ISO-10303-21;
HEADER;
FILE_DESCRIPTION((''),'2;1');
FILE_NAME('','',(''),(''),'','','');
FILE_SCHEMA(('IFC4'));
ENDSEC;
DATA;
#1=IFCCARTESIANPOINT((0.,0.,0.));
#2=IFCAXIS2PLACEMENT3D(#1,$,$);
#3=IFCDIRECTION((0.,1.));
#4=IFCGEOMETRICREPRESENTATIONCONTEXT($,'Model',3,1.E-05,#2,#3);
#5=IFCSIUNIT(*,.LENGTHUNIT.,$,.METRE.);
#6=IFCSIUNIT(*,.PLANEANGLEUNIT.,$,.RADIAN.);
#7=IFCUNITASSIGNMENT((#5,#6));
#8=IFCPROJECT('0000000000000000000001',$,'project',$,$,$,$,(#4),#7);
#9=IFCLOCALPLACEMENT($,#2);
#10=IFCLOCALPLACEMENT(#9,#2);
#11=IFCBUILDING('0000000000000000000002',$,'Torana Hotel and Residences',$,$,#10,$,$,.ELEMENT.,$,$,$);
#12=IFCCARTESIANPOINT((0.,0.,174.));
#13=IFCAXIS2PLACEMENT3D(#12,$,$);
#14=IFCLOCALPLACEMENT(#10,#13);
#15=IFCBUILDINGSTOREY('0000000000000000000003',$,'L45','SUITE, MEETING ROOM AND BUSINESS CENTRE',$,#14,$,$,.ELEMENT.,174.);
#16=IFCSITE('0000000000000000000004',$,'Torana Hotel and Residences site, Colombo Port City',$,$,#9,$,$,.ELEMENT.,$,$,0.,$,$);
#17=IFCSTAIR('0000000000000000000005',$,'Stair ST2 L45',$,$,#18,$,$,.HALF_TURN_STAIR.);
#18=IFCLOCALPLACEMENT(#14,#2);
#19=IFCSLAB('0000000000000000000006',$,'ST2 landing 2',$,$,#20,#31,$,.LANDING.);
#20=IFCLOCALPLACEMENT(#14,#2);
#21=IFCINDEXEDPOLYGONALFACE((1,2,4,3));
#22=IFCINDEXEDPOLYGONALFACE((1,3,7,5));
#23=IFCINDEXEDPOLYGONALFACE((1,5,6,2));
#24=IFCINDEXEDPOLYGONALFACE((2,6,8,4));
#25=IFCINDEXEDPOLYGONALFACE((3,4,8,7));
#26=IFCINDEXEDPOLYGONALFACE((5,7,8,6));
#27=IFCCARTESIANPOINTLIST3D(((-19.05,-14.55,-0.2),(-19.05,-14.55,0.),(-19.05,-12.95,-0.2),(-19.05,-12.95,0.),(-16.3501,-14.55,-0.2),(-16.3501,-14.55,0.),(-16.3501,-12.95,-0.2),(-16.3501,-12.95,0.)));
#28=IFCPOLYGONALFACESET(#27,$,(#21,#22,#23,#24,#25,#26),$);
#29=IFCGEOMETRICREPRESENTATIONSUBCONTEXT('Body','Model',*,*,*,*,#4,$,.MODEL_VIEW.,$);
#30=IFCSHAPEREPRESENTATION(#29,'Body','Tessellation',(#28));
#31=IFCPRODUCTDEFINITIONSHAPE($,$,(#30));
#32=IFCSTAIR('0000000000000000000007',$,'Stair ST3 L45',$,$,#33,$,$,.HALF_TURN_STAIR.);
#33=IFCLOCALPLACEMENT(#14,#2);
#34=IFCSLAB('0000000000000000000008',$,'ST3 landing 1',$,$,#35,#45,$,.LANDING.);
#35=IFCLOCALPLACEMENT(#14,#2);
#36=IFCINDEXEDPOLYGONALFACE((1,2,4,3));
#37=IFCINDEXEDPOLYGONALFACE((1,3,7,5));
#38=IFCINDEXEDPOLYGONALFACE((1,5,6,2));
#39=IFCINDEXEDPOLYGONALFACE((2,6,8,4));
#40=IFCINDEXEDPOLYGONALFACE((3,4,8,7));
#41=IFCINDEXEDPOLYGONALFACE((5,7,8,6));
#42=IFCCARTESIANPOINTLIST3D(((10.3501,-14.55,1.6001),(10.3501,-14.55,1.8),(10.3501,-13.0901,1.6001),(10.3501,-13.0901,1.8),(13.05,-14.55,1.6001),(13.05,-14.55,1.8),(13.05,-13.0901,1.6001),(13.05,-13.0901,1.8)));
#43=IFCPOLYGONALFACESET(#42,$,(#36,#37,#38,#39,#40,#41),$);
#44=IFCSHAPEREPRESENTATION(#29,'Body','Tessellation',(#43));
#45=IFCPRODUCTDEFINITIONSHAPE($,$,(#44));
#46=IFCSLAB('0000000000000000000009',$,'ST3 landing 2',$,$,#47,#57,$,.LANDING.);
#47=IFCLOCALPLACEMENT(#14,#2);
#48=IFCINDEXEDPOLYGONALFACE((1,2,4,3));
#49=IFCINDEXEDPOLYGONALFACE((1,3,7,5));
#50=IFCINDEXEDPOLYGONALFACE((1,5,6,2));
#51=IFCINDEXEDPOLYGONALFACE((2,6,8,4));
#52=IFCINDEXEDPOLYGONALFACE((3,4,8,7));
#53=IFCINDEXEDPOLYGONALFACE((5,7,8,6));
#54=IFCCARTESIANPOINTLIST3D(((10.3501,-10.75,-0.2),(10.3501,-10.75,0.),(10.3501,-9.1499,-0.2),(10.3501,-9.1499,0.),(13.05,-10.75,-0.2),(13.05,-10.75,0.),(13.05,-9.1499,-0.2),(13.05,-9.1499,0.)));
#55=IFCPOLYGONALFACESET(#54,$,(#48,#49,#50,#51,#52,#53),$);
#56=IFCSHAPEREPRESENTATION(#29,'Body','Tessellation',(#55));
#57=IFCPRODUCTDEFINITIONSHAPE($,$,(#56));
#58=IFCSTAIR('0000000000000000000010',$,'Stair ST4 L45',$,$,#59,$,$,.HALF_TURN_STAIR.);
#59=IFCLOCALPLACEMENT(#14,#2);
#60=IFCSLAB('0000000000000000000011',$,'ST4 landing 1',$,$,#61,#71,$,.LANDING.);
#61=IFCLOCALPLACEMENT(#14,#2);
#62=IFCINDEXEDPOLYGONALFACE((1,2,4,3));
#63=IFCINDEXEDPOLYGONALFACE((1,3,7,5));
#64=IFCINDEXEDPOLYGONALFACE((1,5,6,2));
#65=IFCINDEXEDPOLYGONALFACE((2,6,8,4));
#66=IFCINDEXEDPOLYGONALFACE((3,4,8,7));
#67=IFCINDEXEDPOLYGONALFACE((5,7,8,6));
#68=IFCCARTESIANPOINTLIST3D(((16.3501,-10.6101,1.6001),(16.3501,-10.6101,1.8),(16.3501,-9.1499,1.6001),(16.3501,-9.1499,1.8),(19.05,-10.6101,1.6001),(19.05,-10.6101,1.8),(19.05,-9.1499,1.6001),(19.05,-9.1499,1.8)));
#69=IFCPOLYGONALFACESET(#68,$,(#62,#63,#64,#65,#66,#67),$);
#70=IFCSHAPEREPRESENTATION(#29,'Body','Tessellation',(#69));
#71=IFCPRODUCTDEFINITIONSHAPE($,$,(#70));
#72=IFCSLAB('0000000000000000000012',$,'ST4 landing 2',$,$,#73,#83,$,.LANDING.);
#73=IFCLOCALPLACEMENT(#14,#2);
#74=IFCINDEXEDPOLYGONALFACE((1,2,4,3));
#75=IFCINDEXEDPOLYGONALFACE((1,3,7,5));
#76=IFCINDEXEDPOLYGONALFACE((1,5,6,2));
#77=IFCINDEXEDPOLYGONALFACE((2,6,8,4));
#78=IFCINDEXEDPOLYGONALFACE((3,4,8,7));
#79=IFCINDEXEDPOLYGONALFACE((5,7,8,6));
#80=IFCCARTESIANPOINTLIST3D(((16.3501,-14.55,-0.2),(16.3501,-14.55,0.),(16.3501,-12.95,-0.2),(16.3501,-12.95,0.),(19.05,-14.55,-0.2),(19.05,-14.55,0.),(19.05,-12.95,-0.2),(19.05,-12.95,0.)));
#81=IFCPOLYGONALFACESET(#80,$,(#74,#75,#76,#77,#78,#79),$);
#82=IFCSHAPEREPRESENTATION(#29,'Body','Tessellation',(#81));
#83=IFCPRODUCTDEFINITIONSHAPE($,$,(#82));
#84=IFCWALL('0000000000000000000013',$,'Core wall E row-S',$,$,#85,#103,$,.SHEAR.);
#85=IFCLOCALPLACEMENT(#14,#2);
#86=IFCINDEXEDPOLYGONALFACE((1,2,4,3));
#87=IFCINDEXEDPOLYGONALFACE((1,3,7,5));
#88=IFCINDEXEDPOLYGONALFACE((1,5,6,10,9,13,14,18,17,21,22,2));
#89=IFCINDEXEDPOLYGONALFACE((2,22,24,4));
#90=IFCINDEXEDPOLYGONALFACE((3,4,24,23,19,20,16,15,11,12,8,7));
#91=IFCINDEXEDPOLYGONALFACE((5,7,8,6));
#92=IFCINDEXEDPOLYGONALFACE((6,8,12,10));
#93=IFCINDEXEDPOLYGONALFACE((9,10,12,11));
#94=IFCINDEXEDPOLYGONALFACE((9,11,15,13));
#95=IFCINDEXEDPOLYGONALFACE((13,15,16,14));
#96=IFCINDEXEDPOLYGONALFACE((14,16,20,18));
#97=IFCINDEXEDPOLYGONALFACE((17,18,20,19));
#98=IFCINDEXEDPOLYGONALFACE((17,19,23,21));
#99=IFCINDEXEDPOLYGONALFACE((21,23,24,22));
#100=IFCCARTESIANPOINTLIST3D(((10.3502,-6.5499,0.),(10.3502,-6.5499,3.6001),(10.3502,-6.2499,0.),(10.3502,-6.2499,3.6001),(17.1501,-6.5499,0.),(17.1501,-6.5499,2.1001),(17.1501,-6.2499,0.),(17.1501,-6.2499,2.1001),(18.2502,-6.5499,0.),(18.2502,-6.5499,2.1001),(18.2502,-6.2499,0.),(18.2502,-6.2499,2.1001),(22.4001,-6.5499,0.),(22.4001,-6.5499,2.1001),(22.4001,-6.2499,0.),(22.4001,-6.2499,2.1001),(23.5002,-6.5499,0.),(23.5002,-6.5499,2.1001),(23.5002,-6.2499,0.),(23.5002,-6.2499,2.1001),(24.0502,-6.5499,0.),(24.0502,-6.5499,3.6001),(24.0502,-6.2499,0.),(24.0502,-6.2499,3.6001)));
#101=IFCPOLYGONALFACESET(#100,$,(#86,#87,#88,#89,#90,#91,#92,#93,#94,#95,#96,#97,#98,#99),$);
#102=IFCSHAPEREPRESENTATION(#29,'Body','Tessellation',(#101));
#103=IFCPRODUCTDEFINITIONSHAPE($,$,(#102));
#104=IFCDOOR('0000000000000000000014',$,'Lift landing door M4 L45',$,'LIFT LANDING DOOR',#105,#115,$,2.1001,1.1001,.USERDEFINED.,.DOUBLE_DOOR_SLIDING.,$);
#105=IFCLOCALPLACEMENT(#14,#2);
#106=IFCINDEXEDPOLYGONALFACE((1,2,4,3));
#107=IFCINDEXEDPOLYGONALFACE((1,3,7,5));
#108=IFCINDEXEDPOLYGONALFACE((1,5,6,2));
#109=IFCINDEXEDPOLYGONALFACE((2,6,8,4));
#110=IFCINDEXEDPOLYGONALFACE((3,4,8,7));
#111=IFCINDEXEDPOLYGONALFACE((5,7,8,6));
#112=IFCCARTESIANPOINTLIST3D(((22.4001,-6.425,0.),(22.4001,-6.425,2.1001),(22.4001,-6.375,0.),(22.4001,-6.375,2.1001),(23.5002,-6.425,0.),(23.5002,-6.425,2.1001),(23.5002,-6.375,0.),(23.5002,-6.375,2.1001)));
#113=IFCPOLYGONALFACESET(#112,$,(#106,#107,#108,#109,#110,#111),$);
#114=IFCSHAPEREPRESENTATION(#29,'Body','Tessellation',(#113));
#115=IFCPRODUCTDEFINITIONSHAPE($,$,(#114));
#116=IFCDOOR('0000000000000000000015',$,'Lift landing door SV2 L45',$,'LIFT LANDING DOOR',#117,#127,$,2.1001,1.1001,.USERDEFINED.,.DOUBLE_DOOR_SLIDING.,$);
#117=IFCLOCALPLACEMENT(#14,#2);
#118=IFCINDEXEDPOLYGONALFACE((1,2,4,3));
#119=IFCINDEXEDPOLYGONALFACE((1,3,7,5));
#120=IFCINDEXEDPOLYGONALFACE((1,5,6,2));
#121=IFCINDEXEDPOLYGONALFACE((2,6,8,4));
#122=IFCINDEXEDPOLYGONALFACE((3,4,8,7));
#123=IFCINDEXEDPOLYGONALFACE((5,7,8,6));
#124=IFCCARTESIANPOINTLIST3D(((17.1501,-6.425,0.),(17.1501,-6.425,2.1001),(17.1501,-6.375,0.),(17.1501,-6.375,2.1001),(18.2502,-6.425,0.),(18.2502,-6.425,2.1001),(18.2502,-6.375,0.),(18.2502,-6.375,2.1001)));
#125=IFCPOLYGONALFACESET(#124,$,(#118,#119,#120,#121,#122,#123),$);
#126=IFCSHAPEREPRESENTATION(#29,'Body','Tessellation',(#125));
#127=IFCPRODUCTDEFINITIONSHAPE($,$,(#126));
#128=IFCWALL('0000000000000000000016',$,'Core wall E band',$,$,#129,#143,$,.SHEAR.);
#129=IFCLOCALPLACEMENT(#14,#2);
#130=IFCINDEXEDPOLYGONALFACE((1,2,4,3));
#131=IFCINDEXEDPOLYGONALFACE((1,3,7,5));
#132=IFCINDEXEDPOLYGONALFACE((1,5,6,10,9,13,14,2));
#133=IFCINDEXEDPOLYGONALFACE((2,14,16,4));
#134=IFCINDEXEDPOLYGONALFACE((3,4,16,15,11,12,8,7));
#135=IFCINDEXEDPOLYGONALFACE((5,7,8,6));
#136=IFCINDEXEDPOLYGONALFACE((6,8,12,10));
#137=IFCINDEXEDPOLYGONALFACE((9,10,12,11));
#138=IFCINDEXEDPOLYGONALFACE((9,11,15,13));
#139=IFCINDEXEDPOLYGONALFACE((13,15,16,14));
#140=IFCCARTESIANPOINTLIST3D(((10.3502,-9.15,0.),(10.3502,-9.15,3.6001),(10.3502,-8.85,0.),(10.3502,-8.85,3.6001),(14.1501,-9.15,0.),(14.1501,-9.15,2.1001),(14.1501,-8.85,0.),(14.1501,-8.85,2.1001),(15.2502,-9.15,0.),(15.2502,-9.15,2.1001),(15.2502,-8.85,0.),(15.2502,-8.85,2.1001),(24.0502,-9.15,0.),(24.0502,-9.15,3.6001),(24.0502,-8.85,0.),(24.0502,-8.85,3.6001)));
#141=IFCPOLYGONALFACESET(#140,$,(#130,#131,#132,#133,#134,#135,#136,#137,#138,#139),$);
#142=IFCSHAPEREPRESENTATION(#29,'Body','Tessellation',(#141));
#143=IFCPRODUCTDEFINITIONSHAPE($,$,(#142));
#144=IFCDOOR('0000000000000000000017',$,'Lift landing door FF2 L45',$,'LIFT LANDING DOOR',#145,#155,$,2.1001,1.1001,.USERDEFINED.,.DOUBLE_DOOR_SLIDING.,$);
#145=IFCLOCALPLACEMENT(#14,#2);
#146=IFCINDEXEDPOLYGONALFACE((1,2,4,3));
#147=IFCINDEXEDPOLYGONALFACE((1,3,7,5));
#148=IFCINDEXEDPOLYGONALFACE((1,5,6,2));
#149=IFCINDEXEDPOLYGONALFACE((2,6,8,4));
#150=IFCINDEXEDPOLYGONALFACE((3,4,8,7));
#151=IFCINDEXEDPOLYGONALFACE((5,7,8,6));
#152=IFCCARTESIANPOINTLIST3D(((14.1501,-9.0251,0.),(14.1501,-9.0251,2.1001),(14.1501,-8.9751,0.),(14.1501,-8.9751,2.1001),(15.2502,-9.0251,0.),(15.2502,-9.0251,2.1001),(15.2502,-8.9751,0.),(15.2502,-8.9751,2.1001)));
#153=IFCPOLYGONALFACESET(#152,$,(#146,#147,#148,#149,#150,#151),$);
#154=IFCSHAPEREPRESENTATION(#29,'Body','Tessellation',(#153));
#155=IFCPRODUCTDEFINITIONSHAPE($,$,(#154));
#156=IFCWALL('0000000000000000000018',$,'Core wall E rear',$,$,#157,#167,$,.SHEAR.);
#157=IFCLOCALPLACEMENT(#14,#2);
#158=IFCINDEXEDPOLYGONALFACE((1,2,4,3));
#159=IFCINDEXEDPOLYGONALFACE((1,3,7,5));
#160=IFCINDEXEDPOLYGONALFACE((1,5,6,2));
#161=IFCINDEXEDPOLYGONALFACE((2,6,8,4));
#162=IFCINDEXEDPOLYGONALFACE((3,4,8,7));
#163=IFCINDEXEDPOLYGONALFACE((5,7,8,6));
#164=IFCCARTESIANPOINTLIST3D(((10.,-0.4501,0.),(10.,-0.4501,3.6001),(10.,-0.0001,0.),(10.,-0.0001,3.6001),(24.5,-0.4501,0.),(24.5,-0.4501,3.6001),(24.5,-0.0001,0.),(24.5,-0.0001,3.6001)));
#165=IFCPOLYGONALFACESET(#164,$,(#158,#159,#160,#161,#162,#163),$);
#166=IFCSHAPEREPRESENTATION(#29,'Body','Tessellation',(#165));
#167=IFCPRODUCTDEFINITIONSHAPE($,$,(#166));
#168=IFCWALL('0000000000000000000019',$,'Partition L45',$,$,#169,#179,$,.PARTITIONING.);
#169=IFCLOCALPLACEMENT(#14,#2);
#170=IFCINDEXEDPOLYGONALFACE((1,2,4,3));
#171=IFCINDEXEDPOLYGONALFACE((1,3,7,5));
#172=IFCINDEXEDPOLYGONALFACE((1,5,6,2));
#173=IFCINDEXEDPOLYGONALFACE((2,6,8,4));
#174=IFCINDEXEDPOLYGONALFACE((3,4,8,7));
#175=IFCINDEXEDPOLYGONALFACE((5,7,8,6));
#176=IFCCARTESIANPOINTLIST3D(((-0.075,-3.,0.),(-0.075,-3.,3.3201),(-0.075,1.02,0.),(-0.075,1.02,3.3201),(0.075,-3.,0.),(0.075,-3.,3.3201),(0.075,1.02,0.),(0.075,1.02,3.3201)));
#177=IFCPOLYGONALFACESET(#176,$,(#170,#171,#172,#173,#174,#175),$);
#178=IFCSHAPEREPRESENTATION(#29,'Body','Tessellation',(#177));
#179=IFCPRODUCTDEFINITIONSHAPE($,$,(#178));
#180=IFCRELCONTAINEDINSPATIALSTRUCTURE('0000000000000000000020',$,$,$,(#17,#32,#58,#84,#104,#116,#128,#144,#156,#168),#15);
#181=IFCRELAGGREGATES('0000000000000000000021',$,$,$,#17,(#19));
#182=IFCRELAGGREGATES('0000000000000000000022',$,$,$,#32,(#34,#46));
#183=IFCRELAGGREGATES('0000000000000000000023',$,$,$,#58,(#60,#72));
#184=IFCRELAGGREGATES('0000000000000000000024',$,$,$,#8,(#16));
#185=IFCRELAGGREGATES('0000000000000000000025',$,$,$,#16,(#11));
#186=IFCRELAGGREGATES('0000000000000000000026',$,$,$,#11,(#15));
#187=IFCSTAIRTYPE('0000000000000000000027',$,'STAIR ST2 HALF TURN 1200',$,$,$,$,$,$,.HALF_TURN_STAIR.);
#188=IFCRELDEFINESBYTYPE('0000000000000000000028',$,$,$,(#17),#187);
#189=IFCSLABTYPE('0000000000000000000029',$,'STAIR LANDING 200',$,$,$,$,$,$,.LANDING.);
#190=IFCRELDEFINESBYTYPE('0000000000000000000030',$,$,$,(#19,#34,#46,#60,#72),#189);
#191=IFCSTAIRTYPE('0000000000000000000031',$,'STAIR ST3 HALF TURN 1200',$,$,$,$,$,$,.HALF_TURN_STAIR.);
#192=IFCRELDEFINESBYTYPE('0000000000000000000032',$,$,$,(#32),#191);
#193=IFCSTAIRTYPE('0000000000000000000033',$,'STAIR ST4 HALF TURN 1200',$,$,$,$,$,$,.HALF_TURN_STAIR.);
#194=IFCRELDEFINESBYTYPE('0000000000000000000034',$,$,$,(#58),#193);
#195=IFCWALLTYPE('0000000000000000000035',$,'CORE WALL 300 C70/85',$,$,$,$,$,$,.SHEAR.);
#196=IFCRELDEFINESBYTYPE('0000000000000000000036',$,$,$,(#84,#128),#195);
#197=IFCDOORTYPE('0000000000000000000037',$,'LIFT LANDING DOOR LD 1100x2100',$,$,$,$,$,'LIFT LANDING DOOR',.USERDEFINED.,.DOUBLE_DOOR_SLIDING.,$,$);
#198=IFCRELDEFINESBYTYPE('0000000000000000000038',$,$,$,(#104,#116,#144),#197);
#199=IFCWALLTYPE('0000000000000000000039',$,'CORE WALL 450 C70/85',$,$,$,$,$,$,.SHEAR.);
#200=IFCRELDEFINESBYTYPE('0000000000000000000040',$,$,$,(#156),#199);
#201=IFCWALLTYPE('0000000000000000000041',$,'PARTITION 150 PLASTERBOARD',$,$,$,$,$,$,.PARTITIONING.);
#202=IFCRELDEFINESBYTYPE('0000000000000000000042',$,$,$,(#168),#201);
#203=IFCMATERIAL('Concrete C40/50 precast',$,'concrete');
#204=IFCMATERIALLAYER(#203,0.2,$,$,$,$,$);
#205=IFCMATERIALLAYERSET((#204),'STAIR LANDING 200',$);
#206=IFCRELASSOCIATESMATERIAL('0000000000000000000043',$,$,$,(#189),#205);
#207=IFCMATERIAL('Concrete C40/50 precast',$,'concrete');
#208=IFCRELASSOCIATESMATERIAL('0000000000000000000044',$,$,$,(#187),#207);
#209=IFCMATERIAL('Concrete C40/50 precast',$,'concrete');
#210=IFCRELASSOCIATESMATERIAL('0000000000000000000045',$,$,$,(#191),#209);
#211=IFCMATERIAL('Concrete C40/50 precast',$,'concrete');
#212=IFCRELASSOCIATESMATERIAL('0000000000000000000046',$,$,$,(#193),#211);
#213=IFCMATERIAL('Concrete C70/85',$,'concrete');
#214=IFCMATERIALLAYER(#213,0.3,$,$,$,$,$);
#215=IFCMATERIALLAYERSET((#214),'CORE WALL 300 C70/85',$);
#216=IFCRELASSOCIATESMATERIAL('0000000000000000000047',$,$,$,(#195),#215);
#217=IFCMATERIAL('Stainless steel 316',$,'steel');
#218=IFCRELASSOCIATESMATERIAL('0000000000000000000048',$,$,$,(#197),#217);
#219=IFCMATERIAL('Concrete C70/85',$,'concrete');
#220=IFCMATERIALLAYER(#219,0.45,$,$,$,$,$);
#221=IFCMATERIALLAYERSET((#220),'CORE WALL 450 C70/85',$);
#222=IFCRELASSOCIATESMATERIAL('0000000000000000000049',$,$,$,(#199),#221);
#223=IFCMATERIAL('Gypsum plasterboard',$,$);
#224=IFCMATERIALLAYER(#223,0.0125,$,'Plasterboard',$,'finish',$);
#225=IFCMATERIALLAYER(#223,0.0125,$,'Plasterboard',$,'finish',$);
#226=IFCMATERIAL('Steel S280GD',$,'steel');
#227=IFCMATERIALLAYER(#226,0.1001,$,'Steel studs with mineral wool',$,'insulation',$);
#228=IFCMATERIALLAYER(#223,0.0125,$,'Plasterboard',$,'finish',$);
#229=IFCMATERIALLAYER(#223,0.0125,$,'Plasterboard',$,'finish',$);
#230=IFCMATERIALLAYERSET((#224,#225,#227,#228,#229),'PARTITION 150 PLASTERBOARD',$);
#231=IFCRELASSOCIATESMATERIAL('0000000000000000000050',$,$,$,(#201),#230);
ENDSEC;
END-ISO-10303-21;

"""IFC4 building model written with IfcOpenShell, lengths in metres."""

from ifc_helpers import new_model, si_unit, direction, frame, frame_2d, origin, place, context, subcontext, project, spatial, polyline, rectangle, outline, extrude, material, layer, layer_set, type_object, element, fill, aggregate, save


model = new_model("IFC4")

# Units and contexts
model_context = context("Model", 3, precision=1e-05, world=origin(), true_north=direction((0.0, 1.0)))
body_context = subcontext(model_context, "Body", "Model", "MODEL_VIEW")
ifc_project = project(units=[si_unit("LENGTHUNIT", "METRE"), si_unit("PLANEANGLEUNIT", "RADIAN")], contexts=[model_context])

# Site, building, storey
site_placement = place(None, origin())
site = spatial("IfcSite", under=ifc_project, at=site_placement, Name="Torana Hotel and Residences site, Colombo Port City", CompositionType="ELEMENT", RefElevation=0.0)
building_placement = place(site_placement, origin())
building = spatial("IfcBuilding", under=site, at=building_placement, Name="Torana Hotel and Residences", CompositionType="ELEMENT")
storey_placement = place(building_placement, frame((0.0, 0.0, 174.0)))
storey = spatial("IfcBuildingStorey", under=building, at=storey_placement, Name="L45", Description="SUITE, MEETING ROOM AND BUSINESS CENTRE", CompositionType="ELEMENT", Elevation=174.0)

# Stairs, slabs
ifc_material_1 = material(Name="Concrete C40/50 precast", Category="concrete")
ifc_layer_1 = layer(ifc_material_1, 0.2)
ifc_layer_set_1 = layer_set([ifc_layer_1], Name="STAIR LANDING 200")
slab_type_1 = type_object("IfcSlabType", Name="STAIR LANDING 200", PredefinedType="LANDING", material=ifc_layer_set_1)
ifc_material_2 = material(Name="Concrete C40/50 precast", Category="concrete")
stair_type_1 = type_object("IfcStairType", Name="STAIR ST2 HALF TURN 1200", PredefinedType="HALF_TURN_STAIR", material=ifc_material_2)
stair_1_placement = place(storey_placement, origin())
stair_1 = element("IfcStair", 1, at=stair_1_placement, inside=storey, type_object=stair_type_1, Name="Stair ST2 L45", PredefinedType="HALF_TURN_STAIR")
slab_1_placement = place(storey_placement, frame((0.0, 0.0, -0.2)))
slab_1 = element("IfcSlab", 2, at=slab_1_placement, type_object=slab_type_1, Name="ST2 landing 2", PredefinedType="LANDING", context=body_context, shape_type="SweptSolid", body=[
    extrude(outline(polyline([(-19.05, -14.55), (-16.3501, -14.55), (-16.3501, -12.95), (-19.05, -12.95), (-19.05, -14.55)])), origin(), (0.0, 0.0, 1.0), 0.2),
])
aggregate(stair_1, [slab_1])
ifc_material_3 = material(Name="Concrete C40/50 precast", Category="concrete")
stair_type_2 = type_object("IfcStairType", Name="STAIR ST3 HALF TURN 1200", PredefinedType="HALF_TURN_STAIR", material=ifc_material_3)
stair_2_placement = place(storey_placement, origin())
stair_2 = element("IfcStair", 3, at=stair_2_placement, inside=storey, type_object=stair_type_2, Name="Stair ST3 L45", PredefinedType="HALF_TURN_STAIR")
slab_2_placement = place(storey_placement, frame((0.0, 0.0, 1.6001)))
slab_2 = element("IfcSlab", 4, at=slab_2_placement, type_object=slab_type_1, Name="ST3 landing 1", PredefinedType="LANDING", context=body_context, shape_type="SweptSolid", body=[
    extrude(outline(polyline([(10.3501, -14.55), (13.05, -14.55), (13.05, -13.0901), (10.3501, -13.0901), (10.3501, -14.55)])), origin(), (0.0, 0.0, 1.0), 0.2),
])
slab_3_placement = place(storey_placement, frame((0.0, 0.0, -0.2)))
slab_3 = element("IfcSlab", 5, at=slab_3_placement, type_object=slab_type_1, Name="ST3 landing 2", PredefinedType="LANDING", context=body_context, shape_type="SweptSolid", body=[
    extrude(outline(polyline([(10.3501, -10.75), (13.05, -10.75), (13.05, -9.1499), (10.3501, -9.1499), (10.3501, -10.75)])), origin(), (0.0, 0.0, 1.0), 0.2),
])
aggregate(stair_2, [slab_2, slab_3])
ifc_material_4 = material(Name="Concrete C40/50 precast", Category="concrete")
stair_type_3 = type_object("IfcStairType", Name="STAIR ST4 HALF TURN 1200", PredefinedType="HALF_TURN_STAIR", material=ifc_material_4)
stair_3_placement = place(storey_placement, origin())
stair_3 = element("IfcStair", 6, at=stair_3_placement, inside=storey, type_object=stair_type_3, Name="Stair ST4 L45", PredefinedType="HALF_TURN_STAIR")
slab_4_placement = place(storey_placement, frame((0.0, 0.0, 1.6001)))
slab_4 = element("IfcSlab", 7, at=slab_4_placement, type_object=slab_type_1, Name="ST4 landing 1", PredefinedType="LANDING", context=body_context, shape_type="SweptSolid", body=[
    extrude(outline(polyline([(16.3501, -10.6101), (19.05, -10.6101), (19.05, -9.1499), (16.3501, -9.1499), (16.3501, -10.6101)])), origin(), (0.0, 0.0, 1.0), 0.2),
])
slab_5_placement = place(storey_placement, frame((0.0, 0.0, -0.2)))
slab_5 = element("IfcSlab", 8, at=slab_5_placement, type_object=slab_type_1, Name="ST4 landing 2", PredefinedType="LANDING", context=body_context, shape_type="SweptSolid", body=[
    extrude(outline(polyline([(16.3501, -14.55), (19.05, -14.55), (19.05, -12.95), (16.3501, -12.95), (16.3501, -14.55)])), origin(), (0.0, 0.0, 1.0), 0.2),
])
aggregate(stair_3, [slab_4, slab_5])

# Wall, openings, doors
ifc_material_5 = material(Name="Concrete C70/85", Category="concrete")
ifc_layer_2 = layer(ifc_material_5, 0.3)
ifc_layer_set_2 = layer_set([ifc_layer_2], Name="CORE WALL 300 C70/85")
wall_type_1 = type_object("IfcWallType", Name="CORE WALL 300 C70/85", PredefinedType="SHEAR", material=ifc_layer_set_2)
wall_1_placement = place(storey_placement, frame((10.3501, -6.3999, 0.0), z_axis=(0.0, 0.0, 1.0), x_axis=(1.0, 0.0, 0.0)))
wall_1 = element("IfcWall", 9, at=wall_1_placement, inside=storey, type_object=wall_type_1, Name="Core wall E row-S", PredefinedType="SHEAR", context=body_context, shape_type="SweptSolid", body=[
    extrude(rectangle(XDim=13.7, YDim=0.3, at=frame_2d((6.8501, 0.0))), origin(), (0.0, 0.0, 1.0), 3.6001),
])
opening_1_placement = place(wall_1_placement, frame((12.05, 0.0, 0.0)))
opening_1 = element("IfcOpeningElement", 10, at=opening_1_placement, cuts=wall_1, PredefinedType="OPENING", context=body_context, shape_type="SweptSolid", body=[
    extrude(rectangle(XDim=1.1001, YDim=2.1001, at=frame_2d((0.55, 1.05))), frame((0.0, 0.1599, 0.0), z_axis=(0.0, -1.0, 0.0), x_axis=(1.0, 0.0, 0.0)), (0.0, 0.0, 1.0), 0.3201),
])
opening_2_placement = place(wall_1_placement, frame((6.8, 0.0, 0.0)))
opening_2 = element("IfcOpeningElement", 11, at=opening_2_placement, cuts=wall_1, PredefinedType="OPENING", context=body_context, shape_type="SweptSolid", body=[
    extrude(rectangle(XDim=1.1001, YDim=2.1001, at=frame_2d((0.55, 1.05))), frame((0.0, 0.1599, 0.0), z_axis=(0.0, -1.0, 0.0), x_axis=(1.0, 0.0, 0.0)), (0.0, 0.0, 1.0), 0.3201),
])
ifc_material_6 = material(Name="Stainless steel 316", Category="steel")
door_type = type_object("IfcDoorType", Name="LIFT LANDING DOOR LD 1100x2100", ElementType="LIFT LANDING DOOR", OperationType="DOUBLE_DOOR_SLIDING", PredefinedType="USERDEFINED", material=ifc_material_6)
door_1_placement = place(opening_1_placement, origin())
door_1 = element("IfcDoor", 12, at=door_1_placement, inside=storey, type_object=door_type, Name="Lift landing door M4 L45", ObjectType="LIFT LANDING DOOR", OperationType="DOUBLE_DOOR_SLIDING", OverallHeight=2.1001, OverallWidth=1.1001, PredefinedType="USERDEFINED", context=body_context, shape_type="SweptSolid", body=[
    extrude(rectangle(XDim=1.1001, YDim=2.1001, at=frame_2d((0.55, 1.05))), frame((0.0, 0.0249, 0.0), z_axis=(0.0, -1.0, 0.0), x_axis=(1.0, 0.0, 0.0)), (0.0, 0.0, 1.0), 0.05),
])
fill(opening_1, door_1)
door_2_placement = place(opening_2_placement, origin())
door_2 = element("IfcDoor", 13, at=door_2_placement, inside=storey, type_object=door_type, Name="Lift landing door SV2 L45", ObjectType="LIFT LANDING DOOR", OperationType="DOUBLE_DOOR_SLIDING", OverallHeight=2.1001, OverallWidth=1.1001, PredefinedType="USERDEFINED", context=body_context, shape_type="SweptSolid", body=[
    extrude(rectangle(XDim=1.1001, YDim=2.1001, at=frame_2d((0.55, 1.05))), frame((0.0, 0.0249, 0.0), z_axis=(0.0, -1.0, 0.0), x_axis=(1.0, 0.0, 0.0)), (0.0, 0.0, 1.0), 0.05),
])
fill(opening_2, door_2)

# Wall, opening, door
wall_2_placement = place(storey_placement, frame((10.3501, -9.0, 0.0), z_axis=(0.0, 0.0, 1.0), x_axis=(1.0, 0.0, 0.0)))
wall_2 = element("IfcWall", 14, at=wall_2_placement, inside=storey, type_object=wall_type_1, Name="Core wall E band", PredefinedType="SHEAR", context=body_context, shape_type="SweptSolid", body=[
    extrude(rectangle(XDim=13.7, YDim=0.3, at=frame_2d((6.8501, 0.0))), origin(), (0.0, 0.0, 1.0), 3.6001),
])
opening_3_placement = place(wall_2_placement, frame((3.8, 0.0, 0.0)))
opening_3 = element("IfcOpeningElement", 15, at=opening_3_placement, cuts=wall_2, PredefinedType="OPENING", context=body_context, shape_type="SweptSolid", body=[
    extrude(rectangle(XDim=1.1001, YDim=2.1001, at=frame_2d((0.55, 1.05))), frame((0.0, 0.1599, 0.0), z_axis=(0.0, -1.0, 0.0), x_axis=(1.0, 0.0, 0.0)), (0.0, 0.0, 1.0), 0.3201),
])
door_3_placement = place(opening_3_placement, origin())
door_3 = element("IfcDoor", 16, at=door_3_placement, inside=storey, type_object=door_type, Name="Lift landing door FF2 L45", ObjectType="LIFT LANDING DOOR", OperationType="DOUBLE_DOOR_SLIDING", OverallHeight=2.1001, OverallWidth=1.1001, PredefinedType="USERDEFINED", context=body_context, shape_type="SweptSolid", body=[
    extrude(rectangle(XDim=1.1001, YDim=2.1001, at=frame_2d((0.55, 1.05))), frame((0.0, 0.0249, 0.0), z_axis=(0.0, -1.0, 0.0), x_axis=(1.0, 0.0, 0.0)), (0.0, 0.0, 1.0), 0.05),
])
fill(opening_3, door_3)

# Walls
ifc_material_7 = material(Name="Concrete C70/85", Category="concrete")
ifc_layer_3 = layer(ifc_material_7, 0.45)
ifc_layer_set_3 = layer_set([ifc_layer_3], Name="CORE WALL 450 C70/85")
wall_type_2 = type_object("IfcWallType", Name="CORE WALL 450 C70/85", PredefinedType="SHEAR", material=ifc_layer_set_3)
wall_3_placement = place(storey_placement, frame((10.0, -0.2251, 0.0), z_axis=(0.0, 0.0, 1.0), x_axis=(1.0, 0.0, 0.0)))
element("IfcWall", 17, at=wall_3_placement, inside=storey, type_object=wall_type_2, Name="Core wall E rear", PredefinedType="SHEAR", context=body_context, shape_type="SweptSolid", body=[
    extrude(rectangle(XDim=14.5, YDim=0.45, at=frame_2d((7.25, 0.0))), origin(), (0.0, 0.0, 1.0), 3.6001),
])
ifc_material_8 = material(Name="Gypsum plasterboard")
ifc_layer_4 = layer(ifc_material_8, 0.0125, Name="Plasterboard", Category="finish")
ifc_layer_5 = layer(ifc_material_8, 0.0125, Name="Plasterboard", Category="finish")
ifc_material_9 = material(Name="Steel S280GD", Category="steel")
ifc_layer_6 = layer(ifc_material_9, 0.1001, Name="Steel studs with mineral wool", Category="insulation")
ifc_layer_7 = layer(ifc_material_8, 0.0125, Name="Plasterboard", Category="finish")
ifc_layer_8 = layer(ifc_material_8, 0.0125, Name="Plasterboard", Category="finish")
ifc_layer_set_4 = layer_set([ifc_layer_4, ifc_layer_5, ifc_layer_6, ifc_layer_7, ifc_layer_8], Name="PARTITION 150 PLASTERBOARD")
wall_type_3 = type_object("IfcWallType", Name="PARTITION 150 PLASTERBOARD", PredefinedType="PARTITIONING", material=ifc_layer_set_4)
wall_4_placement = place(storey_placement, frame((0.0, -3.0, 0.0), z_axis=(0.0, 0.0, 1.0), x_axis=(0.0, 1.0, 0.0)))
element("IfcWall", 18, at=wall_4_placement, inside=storey, type_object=wall_type_3, Name="Partition L45", PredefinedType="PARTITIONING", context=body_context, shape_type="SweptSolid", body=[
    extrude(rectangle(XDim=4.02, YDim=0.1499, at=frame_2d((2.01, 0.0))), origin(), (0.0, 0.0, 1.0), 3.3201),
])

save(model, "model.ifc")
